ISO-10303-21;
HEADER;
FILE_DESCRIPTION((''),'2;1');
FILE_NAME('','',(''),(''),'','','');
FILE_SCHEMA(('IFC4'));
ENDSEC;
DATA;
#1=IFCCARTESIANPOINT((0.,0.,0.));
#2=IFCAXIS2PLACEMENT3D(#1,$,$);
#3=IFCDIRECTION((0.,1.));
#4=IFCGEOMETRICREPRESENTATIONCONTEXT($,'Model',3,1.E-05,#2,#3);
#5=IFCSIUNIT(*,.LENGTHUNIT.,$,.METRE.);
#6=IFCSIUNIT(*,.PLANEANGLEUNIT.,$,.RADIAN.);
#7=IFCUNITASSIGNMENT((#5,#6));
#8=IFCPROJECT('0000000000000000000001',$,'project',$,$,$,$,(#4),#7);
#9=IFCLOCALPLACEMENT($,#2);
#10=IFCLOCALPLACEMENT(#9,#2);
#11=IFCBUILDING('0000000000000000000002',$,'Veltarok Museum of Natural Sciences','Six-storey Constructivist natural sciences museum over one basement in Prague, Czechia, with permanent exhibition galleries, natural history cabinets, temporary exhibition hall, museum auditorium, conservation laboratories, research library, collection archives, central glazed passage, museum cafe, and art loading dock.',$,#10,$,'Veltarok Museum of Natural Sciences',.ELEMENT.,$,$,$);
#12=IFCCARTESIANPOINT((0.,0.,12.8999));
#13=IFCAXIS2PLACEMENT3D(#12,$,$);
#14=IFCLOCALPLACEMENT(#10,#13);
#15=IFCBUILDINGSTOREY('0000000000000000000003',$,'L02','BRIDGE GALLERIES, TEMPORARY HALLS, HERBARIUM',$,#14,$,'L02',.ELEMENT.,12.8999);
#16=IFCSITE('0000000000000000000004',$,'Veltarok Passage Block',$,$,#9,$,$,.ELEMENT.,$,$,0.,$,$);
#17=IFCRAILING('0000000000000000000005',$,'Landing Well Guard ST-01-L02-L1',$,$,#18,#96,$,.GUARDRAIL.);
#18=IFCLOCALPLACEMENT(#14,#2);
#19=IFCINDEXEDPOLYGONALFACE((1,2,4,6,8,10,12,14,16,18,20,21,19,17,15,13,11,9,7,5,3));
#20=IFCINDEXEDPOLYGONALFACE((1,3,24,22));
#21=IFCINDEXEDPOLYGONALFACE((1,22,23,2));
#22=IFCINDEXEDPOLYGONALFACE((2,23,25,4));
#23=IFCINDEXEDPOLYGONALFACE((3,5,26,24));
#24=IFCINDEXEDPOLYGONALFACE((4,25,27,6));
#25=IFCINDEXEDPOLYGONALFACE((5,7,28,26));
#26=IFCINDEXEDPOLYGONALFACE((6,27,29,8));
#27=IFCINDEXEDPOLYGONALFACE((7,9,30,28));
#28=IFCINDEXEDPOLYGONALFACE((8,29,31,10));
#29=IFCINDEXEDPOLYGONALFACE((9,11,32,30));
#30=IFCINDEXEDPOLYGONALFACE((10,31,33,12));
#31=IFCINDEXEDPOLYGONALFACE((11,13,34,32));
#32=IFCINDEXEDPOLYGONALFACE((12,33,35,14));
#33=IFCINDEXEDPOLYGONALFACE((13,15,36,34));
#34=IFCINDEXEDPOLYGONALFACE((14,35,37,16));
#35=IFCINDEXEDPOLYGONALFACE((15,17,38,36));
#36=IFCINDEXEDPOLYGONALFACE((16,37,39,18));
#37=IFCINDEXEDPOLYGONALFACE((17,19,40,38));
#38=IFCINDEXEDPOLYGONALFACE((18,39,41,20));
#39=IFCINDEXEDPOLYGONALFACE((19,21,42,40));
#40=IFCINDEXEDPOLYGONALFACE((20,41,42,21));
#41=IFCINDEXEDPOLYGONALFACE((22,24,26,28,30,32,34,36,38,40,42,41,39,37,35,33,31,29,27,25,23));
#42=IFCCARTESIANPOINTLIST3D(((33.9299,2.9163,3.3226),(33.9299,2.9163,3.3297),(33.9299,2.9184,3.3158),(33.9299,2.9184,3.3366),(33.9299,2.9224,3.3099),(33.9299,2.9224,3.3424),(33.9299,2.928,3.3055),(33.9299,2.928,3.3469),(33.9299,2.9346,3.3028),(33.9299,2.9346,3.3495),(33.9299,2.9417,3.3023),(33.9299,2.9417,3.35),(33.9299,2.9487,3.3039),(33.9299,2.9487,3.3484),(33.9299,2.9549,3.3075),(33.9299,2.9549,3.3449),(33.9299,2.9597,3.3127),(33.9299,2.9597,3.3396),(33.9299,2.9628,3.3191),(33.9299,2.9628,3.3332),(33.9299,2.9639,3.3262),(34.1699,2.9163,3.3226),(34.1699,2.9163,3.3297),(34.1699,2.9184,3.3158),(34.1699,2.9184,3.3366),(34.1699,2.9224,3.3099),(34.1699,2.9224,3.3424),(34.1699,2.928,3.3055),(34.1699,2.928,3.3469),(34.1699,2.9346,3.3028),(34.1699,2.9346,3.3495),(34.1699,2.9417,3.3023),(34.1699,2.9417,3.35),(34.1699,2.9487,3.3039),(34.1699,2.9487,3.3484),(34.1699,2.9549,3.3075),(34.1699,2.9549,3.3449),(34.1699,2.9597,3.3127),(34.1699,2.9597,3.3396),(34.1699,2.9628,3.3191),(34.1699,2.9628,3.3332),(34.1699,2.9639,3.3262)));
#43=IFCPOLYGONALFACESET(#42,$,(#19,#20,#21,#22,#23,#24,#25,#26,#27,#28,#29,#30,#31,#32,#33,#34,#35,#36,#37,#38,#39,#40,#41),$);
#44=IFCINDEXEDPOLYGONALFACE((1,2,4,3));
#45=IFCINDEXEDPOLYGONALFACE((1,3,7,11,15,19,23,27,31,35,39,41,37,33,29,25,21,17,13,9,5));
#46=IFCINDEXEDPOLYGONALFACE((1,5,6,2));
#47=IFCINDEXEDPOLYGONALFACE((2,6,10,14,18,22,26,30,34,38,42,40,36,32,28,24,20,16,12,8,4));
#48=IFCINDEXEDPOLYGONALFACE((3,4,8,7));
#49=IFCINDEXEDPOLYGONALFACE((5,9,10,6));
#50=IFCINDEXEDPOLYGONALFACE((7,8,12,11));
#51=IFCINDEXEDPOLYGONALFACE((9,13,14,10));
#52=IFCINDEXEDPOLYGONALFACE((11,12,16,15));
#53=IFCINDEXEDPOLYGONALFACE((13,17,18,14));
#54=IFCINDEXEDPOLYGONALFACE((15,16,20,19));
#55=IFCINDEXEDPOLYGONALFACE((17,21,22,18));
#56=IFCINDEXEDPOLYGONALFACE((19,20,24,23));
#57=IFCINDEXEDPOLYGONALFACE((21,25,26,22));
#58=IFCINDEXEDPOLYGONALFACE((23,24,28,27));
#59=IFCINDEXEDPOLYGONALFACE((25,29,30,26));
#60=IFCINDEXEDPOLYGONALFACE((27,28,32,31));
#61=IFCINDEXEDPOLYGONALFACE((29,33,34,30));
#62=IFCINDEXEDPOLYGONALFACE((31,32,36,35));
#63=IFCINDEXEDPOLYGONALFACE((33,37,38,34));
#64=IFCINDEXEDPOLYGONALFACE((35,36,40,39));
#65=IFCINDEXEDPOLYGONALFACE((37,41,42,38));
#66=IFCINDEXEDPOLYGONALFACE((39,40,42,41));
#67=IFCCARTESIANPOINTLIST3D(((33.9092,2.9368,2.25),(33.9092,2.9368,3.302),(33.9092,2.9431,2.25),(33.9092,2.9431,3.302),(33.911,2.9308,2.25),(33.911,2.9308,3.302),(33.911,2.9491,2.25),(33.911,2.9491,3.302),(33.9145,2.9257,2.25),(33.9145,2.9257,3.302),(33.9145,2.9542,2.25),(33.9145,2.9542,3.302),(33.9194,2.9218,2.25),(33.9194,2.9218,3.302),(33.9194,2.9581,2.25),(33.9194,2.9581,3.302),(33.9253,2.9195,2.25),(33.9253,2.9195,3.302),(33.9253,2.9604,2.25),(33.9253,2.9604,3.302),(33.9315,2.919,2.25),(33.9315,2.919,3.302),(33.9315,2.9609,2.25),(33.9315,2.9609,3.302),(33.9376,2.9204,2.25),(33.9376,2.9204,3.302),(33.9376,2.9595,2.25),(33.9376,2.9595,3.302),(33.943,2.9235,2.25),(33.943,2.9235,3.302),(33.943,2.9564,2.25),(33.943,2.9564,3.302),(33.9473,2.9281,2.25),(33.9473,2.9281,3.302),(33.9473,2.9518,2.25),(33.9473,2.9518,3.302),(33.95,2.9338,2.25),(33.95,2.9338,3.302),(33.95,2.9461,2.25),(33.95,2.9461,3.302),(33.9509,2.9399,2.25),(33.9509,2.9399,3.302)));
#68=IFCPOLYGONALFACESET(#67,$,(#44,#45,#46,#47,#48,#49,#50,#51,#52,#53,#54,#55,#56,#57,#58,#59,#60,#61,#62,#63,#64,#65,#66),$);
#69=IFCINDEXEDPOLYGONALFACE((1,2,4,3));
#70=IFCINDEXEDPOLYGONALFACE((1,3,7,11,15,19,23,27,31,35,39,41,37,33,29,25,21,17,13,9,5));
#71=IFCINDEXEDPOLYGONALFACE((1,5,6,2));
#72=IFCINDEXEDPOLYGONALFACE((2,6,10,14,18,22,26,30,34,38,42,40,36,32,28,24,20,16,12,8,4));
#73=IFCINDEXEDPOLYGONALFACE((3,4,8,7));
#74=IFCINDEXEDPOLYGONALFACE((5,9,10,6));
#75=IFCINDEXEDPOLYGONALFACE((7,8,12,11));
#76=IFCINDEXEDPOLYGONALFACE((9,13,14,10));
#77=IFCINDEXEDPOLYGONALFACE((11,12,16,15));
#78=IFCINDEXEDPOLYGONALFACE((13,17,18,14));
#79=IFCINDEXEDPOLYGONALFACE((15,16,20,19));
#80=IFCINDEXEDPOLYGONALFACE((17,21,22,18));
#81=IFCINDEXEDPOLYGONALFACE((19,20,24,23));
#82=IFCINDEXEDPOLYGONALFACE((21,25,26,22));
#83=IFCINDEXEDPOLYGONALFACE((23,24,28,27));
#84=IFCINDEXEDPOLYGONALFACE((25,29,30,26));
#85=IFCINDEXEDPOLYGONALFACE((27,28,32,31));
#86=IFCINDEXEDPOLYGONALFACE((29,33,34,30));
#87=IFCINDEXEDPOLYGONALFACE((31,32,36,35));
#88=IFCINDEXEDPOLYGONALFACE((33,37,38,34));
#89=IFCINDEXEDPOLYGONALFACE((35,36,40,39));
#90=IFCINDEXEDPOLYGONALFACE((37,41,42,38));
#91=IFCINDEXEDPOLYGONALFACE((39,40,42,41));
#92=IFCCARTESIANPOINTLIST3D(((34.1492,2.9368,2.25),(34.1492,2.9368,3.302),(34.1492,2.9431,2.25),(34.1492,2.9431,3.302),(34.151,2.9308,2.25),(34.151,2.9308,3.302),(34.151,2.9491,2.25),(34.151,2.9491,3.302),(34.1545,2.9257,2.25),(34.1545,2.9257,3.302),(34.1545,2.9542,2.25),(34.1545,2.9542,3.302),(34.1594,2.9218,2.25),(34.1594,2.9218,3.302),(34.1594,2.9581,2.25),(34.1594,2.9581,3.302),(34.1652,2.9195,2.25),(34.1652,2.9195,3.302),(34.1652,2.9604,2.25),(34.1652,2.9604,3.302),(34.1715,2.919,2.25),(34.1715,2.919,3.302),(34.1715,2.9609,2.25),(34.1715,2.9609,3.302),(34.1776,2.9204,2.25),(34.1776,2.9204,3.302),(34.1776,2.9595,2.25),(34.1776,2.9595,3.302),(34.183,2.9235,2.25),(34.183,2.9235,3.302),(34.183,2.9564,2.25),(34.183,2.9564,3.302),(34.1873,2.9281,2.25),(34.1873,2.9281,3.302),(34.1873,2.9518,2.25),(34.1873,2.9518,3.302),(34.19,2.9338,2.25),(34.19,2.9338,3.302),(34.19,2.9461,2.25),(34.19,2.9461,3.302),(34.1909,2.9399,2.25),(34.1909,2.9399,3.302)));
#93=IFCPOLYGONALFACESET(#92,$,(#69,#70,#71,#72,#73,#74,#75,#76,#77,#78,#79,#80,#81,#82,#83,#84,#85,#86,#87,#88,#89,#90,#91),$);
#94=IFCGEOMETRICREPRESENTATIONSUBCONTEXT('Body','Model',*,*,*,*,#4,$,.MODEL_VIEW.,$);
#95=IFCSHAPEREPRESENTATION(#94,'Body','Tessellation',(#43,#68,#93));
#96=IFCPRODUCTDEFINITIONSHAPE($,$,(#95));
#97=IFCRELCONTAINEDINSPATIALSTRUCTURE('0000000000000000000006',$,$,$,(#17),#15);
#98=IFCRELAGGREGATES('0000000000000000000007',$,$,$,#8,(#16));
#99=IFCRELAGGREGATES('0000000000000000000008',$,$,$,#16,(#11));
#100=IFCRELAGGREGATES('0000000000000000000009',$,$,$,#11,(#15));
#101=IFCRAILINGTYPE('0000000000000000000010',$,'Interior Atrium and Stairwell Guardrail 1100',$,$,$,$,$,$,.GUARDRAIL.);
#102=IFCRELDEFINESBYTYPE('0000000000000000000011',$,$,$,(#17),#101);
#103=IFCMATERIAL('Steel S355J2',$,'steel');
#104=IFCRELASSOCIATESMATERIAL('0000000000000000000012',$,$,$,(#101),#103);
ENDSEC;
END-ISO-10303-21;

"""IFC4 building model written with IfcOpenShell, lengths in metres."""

from ifc_helpers import new_model, si_unit, direction, frame, origin, origin_2d, place, context, subcontext, project, spatial, circle, extrude, material, type_object, element, save


model = new_model("IFC4")

# Units and contexts
model_context = context("Model", 3, precision=1e-05, world=origin(), true_north=direction((0.0, 1.0)))
body_context = subcontext(model_context, "Body", "Model", "MODEL_VIEW")
ifc_project = project(units=[si_unit("LENGTHUNIT", "METRE"), si_unit("PLANEANGLEUNIT", "RADIAN")], contexts=[model_context])

# Site, building, storey
site_placement = place(None, origin())
site = spatial("IfcSite", under=ifc_project, at=site_placement, Name="Veltarok Passage Block", CompositionType="ELEMENT", RefElevation=0.0)
building_placement = place(site_placement, origin())
building = spatial("IfcBuilding", under=site, at=building_placement, Name="Veltarok Museum of Natural Sciences", Description="Six-storey Constructivist natural sciences museum over one basement in Prague, Czechia, with permanent exhibition galleries, natural history cabinets, temporary exhibition hall, museum auditorium, conservation laboratories, research library, collection archives, central glazed passage, museum cafe, and art loading dock.", LongName="Veltarok Museum of Natural Sciences", CompositionType="ELEMENT")
storey_placement = place(building_placement, frame((0.0, 0.0, 12.8999)))
storey = spatial("IfcBuildingStorey", under=building, at=storey_placement, Name="L02", Description="BRIDGE GALLERIES, TEMPORARY HALLS, HERBARIUM", LongName="L02", CompositionType="ELEMENT", Elevation=12.8999)

# Shared definitions
ifc_material_1 = material(Name="Steel S355J2", Category="steel")

# Railing
railing_type_1 = type_object("IfcRailingType", Name="Interior Atrium and Stairwell Guardrail 1100", PredefinedType="GUARDRAIL", material=ifc_material_1)
railing_placement = place(storey_placement, frame((33.9299, 2.9399, 2.25)))
element("IfcRailing", 1, at=railing_placement, inside=storey, type_object=railing_type_1, Name="Landing Well Guard ST-01-L02-L1", PredefinedType="GUARDRAIL", context=body_context, shape_type="SweptSolid", body=[
    extrude(circle(Radius=0.0239, at=origin_2d()), frame((0.0, 0.0, 1.0762), z_axis=(1.0, 0.0, 0.0), x_axis=(0.0, 1.0, 0.0)), (0.0, 0.0, 1.0), 0.24),
    extrude(circle(Radius=0.021, at=origin_2d()), origin(), (0.0, 0.0, 1.0), 1.052),
    extrude(circle(Radius=0.021, at=origin_2d()), frame((0.24, 0.0, 0.0)), (0.0, 0.0, 1.0), 1.052),
])

save(model, "model.ifc")
